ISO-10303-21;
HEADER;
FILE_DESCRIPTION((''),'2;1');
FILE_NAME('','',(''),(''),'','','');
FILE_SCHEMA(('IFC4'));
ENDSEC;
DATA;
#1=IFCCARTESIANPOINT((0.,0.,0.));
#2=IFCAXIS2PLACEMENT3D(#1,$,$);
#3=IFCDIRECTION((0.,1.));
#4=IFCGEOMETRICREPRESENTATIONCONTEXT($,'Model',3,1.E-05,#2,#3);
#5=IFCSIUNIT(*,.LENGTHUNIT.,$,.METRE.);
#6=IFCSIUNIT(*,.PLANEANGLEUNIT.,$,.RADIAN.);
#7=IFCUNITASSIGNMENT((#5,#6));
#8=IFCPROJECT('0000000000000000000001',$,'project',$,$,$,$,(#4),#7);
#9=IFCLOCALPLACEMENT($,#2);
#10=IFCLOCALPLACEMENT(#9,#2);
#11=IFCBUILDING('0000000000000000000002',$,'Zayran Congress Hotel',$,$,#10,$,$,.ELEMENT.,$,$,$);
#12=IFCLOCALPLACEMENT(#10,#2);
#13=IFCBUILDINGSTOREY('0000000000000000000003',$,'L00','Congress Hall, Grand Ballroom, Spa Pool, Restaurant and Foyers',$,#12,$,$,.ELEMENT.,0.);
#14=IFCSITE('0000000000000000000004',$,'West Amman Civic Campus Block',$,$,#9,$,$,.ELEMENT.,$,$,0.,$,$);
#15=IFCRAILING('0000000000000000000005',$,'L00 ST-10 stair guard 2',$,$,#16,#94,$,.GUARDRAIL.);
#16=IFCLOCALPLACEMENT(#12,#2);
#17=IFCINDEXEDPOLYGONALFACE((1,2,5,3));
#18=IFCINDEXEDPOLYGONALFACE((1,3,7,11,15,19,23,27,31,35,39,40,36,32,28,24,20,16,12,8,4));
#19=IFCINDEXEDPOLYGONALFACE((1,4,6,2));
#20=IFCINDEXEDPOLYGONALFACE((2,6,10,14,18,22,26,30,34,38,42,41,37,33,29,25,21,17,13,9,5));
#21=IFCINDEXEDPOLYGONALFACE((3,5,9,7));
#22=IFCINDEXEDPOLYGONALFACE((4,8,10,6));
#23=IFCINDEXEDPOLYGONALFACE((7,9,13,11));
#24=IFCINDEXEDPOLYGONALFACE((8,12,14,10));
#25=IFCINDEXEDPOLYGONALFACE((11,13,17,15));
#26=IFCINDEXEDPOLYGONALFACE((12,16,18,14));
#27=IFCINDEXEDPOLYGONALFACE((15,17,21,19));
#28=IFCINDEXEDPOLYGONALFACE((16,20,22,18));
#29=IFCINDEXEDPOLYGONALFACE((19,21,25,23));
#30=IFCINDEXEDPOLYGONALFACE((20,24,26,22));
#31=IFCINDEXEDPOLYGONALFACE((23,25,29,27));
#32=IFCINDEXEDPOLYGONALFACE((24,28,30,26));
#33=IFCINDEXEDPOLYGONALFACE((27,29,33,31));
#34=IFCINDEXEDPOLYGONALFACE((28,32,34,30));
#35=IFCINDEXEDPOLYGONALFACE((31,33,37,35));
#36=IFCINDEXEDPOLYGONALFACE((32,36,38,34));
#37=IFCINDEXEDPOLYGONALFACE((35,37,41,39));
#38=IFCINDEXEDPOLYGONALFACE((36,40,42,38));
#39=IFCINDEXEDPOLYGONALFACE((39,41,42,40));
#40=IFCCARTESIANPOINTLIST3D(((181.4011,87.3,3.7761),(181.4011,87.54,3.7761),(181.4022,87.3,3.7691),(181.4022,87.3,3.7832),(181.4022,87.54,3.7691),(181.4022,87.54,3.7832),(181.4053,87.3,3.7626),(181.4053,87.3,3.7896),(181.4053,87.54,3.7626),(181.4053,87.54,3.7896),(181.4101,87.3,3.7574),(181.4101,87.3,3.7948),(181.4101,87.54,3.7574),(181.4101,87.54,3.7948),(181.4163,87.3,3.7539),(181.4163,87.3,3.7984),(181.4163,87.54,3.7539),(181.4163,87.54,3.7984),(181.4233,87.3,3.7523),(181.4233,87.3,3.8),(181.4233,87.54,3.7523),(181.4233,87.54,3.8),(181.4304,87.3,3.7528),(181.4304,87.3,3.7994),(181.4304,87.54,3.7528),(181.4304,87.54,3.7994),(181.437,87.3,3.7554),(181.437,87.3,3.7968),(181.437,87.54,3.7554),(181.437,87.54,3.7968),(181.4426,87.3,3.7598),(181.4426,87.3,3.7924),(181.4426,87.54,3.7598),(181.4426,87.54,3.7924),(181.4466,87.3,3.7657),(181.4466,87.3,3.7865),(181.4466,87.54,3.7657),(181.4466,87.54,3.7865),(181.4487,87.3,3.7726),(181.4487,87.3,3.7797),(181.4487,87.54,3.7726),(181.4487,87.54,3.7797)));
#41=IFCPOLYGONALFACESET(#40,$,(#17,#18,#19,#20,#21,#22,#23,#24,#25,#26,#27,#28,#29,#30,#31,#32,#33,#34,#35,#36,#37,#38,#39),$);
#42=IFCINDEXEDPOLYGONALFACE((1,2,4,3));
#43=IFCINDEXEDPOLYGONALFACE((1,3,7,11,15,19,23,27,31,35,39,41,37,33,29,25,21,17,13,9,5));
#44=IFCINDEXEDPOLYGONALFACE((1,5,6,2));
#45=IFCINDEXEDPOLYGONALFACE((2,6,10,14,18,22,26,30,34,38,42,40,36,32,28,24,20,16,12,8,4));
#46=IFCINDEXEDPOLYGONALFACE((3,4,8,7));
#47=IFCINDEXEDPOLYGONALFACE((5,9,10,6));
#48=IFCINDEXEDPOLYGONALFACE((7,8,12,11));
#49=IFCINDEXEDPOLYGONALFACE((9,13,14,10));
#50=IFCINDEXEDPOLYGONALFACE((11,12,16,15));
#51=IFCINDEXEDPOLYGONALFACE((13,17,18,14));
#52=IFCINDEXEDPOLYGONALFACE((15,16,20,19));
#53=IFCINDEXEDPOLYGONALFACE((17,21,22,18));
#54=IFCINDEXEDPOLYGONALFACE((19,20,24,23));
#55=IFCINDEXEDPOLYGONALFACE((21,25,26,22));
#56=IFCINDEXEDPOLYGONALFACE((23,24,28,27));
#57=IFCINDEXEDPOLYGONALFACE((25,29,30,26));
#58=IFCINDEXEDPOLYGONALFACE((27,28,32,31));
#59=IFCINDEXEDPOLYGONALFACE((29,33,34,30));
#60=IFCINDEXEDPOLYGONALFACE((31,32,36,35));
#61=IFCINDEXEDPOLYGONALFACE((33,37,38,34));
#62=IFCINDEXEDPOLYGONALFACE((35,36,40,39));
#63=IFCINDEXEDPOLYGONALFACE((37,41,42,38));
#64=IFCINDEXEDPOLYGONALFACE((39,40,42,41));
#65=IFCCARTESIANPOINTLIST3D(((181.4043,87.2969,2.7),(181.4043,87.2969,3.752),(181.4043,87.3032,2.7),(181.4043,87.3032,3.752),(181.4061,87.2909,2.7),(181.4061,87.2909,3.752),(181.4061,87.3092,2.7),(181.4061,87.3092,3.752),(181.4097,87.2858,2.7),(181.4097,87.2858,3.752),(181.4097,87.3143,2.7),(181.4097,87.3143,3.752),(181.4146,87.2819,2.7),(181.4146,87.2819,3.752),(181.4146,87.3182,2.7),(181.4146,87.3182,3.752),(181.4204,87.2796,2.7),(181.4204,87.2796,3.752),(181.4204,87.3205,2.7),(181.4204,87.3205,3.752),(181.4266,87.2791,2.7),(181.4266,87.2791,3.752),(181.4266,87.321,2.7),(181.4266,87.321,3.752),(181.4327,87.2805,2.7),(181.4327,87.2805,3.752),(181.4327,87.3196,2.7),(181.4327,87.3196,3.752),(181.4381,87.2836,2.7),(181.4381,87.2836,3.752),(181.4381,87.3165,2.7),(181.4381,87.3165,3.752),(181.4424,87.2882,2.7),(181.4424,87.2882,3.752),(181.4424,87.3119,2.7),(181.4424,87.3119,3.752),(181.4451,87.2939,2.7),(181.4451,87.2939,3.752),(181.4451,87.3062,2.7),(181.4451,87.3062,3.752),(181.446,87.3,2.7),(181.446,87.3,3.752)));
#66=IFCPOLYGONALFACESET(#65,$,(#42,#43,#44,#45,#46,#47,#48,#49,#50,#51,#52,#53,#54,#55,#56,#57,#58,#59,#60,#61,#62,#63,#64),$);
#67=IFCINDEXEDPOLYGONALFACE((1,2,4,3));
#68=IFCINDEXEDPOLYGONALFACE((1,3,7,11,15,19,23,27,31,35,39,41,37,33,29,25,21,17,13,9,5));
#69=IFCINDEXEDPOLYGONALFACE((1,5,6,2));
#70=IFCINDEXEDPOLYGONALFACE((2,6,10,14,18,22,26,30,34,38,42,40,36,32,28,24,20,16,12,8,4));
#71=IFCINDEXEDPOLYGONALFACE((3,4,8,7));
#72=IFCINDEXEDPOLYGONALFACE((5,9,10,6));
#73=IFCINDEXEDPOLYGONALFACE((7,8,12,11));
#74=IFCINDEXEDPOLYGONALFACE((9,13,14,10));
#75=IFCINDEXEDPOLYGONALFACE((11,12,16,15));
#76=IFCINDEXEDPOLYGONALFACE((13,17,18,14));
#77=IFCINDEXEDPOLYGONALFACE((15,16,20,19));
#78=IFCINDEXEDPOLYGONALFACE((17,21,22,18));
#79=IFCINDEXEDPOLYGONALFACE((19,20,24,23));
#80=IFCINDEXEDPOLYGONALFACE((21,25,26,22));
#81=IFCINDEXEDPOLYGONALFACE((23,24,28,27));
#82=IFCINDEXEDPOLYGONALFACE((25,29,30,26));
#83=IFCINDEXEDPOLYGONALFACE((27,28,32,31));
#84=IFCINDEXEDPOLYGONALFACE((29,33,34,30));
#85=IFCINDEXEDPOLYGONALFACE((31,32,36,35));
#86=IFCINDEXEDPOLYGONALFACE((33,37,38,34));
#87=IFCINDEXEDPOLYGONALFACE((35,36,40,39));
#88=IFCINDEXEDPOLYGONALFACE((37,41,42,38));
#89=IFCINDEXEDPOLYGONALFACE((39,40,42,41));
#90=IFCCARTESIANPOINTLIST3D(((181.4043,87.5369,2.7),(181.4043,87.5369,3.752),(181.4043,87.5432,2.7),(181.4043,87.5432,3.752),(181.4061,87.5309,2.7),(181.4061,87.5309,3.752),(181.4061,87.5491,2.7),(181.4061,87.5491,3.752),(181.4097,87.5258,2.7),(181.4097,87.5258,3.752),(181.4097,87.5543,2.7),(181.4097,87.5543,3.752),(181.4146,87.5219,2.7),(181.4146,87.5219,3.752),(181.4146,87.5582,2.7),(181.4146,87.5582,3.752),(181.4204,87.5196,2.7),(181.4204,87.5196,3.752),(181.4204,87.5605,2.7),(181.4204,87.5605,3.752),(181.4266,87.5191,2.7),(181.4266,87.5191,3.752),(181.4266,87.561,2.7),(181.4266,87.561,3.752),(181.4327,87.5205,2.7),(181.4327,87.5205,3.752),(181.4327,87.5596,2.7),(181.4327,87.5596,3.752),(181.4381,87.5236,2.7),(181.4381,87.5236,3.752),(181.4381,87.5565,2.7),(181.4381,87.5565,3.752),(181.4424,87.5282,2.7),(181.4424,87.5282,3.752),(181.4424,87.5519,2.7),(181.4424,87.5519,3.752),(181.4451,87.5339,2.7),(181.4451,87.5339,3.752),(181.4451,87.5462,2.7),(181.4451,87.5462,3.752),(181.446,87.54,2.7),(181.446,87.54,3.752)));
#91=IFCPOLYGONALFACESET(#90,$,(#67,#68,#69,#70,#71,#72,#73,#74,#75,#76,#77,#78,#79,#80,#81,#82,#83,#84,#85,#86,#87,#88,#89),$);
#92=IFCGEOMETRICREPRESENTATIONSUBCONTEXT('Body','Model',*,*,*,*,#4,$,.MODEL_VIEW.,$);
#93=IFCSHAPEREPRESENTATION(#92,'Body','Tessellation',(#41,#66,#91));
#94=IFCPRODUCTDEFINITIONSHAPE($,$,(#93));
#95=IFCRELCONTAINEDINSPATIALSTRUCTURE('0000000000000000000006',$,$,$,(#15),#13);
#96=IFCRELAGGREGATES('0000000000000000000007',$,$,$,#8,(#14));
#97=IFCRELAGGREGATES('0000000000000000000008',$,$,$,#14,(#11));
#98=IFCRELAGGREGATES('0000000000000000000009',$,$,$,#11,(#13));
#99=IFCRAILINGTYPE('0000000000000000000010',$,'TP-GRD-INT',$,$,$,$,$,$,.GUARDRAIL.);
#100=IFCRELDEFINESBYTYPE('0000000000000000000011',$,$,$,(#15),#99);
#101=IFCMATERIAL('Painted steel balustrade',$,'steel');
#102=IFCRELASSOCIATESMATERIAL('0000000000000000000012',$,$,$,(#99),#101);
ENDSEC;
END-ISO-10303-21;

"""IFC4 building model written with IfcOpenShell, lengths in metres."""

from ifc_helpers import new_model, si_unit, direction, frame, origin, origin_2d, place, context, subcontext, project, spatial, circle, extrude, material, type_object, element, save


model = new_model("IFC4")

# Units and contexts
model_context = context("Model", 3, precision=1e-05, world=origin(), true_north=direction((0.0, 1.0)))
body_context = subcontext(model_context, "Body", "Model", "MODEL_VIEW")
ifc_project = project(units=[si_unit("LENGTHUNIT", "METRE"), si_unit("PLANEANGLEUNIT", "RADIAN")], contexts=[model_context])

# Site, building, storey
site_placement = place(None, origin())
site = spatial("IfcSite", under=ifc_project, at=site_placement, Name="West Amman Civic Campus Block", CompositionType="ELEMENT", RefElevation=0.0)
building_placement = place(site_placement, origin())
building = spatial("IfcBuilding", under=site, at=building_placement, Name="Zayran Congress Hotel", CompositionType="ELEMENT")
storey_placement = place(building_placement, origin())
storey = spatial("IfcBuildingStorey", under=building, at=storey_placement, Name="L00", Description="Congress Hall, Grand Ballroom, Spa Pool, Restaurant and Foyers", CompositionType="ELEMENT", Elevation=0.0)

# Railing
ifc_material_1 = material(Name="Painted steel balustrade", Category="steel")
railing_type_1 = type_object("IfcRailingType", Name="TP-GRD-INT", PredefinedType="GUARDRAIL", material=ifc_material_1)
railing_1_placement = place(storey_placement, frame((181.425, 87.3, 2.7)))
element("IfcRailing", 1, at=railing_1_placement, inside=storey, type_object=railing_type_1, Name="L00 ST-10 stair guard 2", PredefinedType="GUARDRAIL", context=body_context, shape_type="SweptSolid", body=[
    extrude(circle(Radius=0.0239, at=origin_2d()), frame((0.0, 0.0, 1.0762), z_axis=(0.0, 1.0, 0.0), x_axis=(-1.0, 0.0, 0.0)), (0.0, 0.0, 1.0), 0.24),
    extrude(circle(Radius=0.021, at=origin_2d()), origin(), (0.0, 0.0, 1.0), 1.052),
    extrude(circle(Radius=0.021, at=origin_2d()), frame((0.0, 0.24, 0.0)), (0.0, 0.0, 1.0), 1.052),
])

save(model, "model.ifc")
